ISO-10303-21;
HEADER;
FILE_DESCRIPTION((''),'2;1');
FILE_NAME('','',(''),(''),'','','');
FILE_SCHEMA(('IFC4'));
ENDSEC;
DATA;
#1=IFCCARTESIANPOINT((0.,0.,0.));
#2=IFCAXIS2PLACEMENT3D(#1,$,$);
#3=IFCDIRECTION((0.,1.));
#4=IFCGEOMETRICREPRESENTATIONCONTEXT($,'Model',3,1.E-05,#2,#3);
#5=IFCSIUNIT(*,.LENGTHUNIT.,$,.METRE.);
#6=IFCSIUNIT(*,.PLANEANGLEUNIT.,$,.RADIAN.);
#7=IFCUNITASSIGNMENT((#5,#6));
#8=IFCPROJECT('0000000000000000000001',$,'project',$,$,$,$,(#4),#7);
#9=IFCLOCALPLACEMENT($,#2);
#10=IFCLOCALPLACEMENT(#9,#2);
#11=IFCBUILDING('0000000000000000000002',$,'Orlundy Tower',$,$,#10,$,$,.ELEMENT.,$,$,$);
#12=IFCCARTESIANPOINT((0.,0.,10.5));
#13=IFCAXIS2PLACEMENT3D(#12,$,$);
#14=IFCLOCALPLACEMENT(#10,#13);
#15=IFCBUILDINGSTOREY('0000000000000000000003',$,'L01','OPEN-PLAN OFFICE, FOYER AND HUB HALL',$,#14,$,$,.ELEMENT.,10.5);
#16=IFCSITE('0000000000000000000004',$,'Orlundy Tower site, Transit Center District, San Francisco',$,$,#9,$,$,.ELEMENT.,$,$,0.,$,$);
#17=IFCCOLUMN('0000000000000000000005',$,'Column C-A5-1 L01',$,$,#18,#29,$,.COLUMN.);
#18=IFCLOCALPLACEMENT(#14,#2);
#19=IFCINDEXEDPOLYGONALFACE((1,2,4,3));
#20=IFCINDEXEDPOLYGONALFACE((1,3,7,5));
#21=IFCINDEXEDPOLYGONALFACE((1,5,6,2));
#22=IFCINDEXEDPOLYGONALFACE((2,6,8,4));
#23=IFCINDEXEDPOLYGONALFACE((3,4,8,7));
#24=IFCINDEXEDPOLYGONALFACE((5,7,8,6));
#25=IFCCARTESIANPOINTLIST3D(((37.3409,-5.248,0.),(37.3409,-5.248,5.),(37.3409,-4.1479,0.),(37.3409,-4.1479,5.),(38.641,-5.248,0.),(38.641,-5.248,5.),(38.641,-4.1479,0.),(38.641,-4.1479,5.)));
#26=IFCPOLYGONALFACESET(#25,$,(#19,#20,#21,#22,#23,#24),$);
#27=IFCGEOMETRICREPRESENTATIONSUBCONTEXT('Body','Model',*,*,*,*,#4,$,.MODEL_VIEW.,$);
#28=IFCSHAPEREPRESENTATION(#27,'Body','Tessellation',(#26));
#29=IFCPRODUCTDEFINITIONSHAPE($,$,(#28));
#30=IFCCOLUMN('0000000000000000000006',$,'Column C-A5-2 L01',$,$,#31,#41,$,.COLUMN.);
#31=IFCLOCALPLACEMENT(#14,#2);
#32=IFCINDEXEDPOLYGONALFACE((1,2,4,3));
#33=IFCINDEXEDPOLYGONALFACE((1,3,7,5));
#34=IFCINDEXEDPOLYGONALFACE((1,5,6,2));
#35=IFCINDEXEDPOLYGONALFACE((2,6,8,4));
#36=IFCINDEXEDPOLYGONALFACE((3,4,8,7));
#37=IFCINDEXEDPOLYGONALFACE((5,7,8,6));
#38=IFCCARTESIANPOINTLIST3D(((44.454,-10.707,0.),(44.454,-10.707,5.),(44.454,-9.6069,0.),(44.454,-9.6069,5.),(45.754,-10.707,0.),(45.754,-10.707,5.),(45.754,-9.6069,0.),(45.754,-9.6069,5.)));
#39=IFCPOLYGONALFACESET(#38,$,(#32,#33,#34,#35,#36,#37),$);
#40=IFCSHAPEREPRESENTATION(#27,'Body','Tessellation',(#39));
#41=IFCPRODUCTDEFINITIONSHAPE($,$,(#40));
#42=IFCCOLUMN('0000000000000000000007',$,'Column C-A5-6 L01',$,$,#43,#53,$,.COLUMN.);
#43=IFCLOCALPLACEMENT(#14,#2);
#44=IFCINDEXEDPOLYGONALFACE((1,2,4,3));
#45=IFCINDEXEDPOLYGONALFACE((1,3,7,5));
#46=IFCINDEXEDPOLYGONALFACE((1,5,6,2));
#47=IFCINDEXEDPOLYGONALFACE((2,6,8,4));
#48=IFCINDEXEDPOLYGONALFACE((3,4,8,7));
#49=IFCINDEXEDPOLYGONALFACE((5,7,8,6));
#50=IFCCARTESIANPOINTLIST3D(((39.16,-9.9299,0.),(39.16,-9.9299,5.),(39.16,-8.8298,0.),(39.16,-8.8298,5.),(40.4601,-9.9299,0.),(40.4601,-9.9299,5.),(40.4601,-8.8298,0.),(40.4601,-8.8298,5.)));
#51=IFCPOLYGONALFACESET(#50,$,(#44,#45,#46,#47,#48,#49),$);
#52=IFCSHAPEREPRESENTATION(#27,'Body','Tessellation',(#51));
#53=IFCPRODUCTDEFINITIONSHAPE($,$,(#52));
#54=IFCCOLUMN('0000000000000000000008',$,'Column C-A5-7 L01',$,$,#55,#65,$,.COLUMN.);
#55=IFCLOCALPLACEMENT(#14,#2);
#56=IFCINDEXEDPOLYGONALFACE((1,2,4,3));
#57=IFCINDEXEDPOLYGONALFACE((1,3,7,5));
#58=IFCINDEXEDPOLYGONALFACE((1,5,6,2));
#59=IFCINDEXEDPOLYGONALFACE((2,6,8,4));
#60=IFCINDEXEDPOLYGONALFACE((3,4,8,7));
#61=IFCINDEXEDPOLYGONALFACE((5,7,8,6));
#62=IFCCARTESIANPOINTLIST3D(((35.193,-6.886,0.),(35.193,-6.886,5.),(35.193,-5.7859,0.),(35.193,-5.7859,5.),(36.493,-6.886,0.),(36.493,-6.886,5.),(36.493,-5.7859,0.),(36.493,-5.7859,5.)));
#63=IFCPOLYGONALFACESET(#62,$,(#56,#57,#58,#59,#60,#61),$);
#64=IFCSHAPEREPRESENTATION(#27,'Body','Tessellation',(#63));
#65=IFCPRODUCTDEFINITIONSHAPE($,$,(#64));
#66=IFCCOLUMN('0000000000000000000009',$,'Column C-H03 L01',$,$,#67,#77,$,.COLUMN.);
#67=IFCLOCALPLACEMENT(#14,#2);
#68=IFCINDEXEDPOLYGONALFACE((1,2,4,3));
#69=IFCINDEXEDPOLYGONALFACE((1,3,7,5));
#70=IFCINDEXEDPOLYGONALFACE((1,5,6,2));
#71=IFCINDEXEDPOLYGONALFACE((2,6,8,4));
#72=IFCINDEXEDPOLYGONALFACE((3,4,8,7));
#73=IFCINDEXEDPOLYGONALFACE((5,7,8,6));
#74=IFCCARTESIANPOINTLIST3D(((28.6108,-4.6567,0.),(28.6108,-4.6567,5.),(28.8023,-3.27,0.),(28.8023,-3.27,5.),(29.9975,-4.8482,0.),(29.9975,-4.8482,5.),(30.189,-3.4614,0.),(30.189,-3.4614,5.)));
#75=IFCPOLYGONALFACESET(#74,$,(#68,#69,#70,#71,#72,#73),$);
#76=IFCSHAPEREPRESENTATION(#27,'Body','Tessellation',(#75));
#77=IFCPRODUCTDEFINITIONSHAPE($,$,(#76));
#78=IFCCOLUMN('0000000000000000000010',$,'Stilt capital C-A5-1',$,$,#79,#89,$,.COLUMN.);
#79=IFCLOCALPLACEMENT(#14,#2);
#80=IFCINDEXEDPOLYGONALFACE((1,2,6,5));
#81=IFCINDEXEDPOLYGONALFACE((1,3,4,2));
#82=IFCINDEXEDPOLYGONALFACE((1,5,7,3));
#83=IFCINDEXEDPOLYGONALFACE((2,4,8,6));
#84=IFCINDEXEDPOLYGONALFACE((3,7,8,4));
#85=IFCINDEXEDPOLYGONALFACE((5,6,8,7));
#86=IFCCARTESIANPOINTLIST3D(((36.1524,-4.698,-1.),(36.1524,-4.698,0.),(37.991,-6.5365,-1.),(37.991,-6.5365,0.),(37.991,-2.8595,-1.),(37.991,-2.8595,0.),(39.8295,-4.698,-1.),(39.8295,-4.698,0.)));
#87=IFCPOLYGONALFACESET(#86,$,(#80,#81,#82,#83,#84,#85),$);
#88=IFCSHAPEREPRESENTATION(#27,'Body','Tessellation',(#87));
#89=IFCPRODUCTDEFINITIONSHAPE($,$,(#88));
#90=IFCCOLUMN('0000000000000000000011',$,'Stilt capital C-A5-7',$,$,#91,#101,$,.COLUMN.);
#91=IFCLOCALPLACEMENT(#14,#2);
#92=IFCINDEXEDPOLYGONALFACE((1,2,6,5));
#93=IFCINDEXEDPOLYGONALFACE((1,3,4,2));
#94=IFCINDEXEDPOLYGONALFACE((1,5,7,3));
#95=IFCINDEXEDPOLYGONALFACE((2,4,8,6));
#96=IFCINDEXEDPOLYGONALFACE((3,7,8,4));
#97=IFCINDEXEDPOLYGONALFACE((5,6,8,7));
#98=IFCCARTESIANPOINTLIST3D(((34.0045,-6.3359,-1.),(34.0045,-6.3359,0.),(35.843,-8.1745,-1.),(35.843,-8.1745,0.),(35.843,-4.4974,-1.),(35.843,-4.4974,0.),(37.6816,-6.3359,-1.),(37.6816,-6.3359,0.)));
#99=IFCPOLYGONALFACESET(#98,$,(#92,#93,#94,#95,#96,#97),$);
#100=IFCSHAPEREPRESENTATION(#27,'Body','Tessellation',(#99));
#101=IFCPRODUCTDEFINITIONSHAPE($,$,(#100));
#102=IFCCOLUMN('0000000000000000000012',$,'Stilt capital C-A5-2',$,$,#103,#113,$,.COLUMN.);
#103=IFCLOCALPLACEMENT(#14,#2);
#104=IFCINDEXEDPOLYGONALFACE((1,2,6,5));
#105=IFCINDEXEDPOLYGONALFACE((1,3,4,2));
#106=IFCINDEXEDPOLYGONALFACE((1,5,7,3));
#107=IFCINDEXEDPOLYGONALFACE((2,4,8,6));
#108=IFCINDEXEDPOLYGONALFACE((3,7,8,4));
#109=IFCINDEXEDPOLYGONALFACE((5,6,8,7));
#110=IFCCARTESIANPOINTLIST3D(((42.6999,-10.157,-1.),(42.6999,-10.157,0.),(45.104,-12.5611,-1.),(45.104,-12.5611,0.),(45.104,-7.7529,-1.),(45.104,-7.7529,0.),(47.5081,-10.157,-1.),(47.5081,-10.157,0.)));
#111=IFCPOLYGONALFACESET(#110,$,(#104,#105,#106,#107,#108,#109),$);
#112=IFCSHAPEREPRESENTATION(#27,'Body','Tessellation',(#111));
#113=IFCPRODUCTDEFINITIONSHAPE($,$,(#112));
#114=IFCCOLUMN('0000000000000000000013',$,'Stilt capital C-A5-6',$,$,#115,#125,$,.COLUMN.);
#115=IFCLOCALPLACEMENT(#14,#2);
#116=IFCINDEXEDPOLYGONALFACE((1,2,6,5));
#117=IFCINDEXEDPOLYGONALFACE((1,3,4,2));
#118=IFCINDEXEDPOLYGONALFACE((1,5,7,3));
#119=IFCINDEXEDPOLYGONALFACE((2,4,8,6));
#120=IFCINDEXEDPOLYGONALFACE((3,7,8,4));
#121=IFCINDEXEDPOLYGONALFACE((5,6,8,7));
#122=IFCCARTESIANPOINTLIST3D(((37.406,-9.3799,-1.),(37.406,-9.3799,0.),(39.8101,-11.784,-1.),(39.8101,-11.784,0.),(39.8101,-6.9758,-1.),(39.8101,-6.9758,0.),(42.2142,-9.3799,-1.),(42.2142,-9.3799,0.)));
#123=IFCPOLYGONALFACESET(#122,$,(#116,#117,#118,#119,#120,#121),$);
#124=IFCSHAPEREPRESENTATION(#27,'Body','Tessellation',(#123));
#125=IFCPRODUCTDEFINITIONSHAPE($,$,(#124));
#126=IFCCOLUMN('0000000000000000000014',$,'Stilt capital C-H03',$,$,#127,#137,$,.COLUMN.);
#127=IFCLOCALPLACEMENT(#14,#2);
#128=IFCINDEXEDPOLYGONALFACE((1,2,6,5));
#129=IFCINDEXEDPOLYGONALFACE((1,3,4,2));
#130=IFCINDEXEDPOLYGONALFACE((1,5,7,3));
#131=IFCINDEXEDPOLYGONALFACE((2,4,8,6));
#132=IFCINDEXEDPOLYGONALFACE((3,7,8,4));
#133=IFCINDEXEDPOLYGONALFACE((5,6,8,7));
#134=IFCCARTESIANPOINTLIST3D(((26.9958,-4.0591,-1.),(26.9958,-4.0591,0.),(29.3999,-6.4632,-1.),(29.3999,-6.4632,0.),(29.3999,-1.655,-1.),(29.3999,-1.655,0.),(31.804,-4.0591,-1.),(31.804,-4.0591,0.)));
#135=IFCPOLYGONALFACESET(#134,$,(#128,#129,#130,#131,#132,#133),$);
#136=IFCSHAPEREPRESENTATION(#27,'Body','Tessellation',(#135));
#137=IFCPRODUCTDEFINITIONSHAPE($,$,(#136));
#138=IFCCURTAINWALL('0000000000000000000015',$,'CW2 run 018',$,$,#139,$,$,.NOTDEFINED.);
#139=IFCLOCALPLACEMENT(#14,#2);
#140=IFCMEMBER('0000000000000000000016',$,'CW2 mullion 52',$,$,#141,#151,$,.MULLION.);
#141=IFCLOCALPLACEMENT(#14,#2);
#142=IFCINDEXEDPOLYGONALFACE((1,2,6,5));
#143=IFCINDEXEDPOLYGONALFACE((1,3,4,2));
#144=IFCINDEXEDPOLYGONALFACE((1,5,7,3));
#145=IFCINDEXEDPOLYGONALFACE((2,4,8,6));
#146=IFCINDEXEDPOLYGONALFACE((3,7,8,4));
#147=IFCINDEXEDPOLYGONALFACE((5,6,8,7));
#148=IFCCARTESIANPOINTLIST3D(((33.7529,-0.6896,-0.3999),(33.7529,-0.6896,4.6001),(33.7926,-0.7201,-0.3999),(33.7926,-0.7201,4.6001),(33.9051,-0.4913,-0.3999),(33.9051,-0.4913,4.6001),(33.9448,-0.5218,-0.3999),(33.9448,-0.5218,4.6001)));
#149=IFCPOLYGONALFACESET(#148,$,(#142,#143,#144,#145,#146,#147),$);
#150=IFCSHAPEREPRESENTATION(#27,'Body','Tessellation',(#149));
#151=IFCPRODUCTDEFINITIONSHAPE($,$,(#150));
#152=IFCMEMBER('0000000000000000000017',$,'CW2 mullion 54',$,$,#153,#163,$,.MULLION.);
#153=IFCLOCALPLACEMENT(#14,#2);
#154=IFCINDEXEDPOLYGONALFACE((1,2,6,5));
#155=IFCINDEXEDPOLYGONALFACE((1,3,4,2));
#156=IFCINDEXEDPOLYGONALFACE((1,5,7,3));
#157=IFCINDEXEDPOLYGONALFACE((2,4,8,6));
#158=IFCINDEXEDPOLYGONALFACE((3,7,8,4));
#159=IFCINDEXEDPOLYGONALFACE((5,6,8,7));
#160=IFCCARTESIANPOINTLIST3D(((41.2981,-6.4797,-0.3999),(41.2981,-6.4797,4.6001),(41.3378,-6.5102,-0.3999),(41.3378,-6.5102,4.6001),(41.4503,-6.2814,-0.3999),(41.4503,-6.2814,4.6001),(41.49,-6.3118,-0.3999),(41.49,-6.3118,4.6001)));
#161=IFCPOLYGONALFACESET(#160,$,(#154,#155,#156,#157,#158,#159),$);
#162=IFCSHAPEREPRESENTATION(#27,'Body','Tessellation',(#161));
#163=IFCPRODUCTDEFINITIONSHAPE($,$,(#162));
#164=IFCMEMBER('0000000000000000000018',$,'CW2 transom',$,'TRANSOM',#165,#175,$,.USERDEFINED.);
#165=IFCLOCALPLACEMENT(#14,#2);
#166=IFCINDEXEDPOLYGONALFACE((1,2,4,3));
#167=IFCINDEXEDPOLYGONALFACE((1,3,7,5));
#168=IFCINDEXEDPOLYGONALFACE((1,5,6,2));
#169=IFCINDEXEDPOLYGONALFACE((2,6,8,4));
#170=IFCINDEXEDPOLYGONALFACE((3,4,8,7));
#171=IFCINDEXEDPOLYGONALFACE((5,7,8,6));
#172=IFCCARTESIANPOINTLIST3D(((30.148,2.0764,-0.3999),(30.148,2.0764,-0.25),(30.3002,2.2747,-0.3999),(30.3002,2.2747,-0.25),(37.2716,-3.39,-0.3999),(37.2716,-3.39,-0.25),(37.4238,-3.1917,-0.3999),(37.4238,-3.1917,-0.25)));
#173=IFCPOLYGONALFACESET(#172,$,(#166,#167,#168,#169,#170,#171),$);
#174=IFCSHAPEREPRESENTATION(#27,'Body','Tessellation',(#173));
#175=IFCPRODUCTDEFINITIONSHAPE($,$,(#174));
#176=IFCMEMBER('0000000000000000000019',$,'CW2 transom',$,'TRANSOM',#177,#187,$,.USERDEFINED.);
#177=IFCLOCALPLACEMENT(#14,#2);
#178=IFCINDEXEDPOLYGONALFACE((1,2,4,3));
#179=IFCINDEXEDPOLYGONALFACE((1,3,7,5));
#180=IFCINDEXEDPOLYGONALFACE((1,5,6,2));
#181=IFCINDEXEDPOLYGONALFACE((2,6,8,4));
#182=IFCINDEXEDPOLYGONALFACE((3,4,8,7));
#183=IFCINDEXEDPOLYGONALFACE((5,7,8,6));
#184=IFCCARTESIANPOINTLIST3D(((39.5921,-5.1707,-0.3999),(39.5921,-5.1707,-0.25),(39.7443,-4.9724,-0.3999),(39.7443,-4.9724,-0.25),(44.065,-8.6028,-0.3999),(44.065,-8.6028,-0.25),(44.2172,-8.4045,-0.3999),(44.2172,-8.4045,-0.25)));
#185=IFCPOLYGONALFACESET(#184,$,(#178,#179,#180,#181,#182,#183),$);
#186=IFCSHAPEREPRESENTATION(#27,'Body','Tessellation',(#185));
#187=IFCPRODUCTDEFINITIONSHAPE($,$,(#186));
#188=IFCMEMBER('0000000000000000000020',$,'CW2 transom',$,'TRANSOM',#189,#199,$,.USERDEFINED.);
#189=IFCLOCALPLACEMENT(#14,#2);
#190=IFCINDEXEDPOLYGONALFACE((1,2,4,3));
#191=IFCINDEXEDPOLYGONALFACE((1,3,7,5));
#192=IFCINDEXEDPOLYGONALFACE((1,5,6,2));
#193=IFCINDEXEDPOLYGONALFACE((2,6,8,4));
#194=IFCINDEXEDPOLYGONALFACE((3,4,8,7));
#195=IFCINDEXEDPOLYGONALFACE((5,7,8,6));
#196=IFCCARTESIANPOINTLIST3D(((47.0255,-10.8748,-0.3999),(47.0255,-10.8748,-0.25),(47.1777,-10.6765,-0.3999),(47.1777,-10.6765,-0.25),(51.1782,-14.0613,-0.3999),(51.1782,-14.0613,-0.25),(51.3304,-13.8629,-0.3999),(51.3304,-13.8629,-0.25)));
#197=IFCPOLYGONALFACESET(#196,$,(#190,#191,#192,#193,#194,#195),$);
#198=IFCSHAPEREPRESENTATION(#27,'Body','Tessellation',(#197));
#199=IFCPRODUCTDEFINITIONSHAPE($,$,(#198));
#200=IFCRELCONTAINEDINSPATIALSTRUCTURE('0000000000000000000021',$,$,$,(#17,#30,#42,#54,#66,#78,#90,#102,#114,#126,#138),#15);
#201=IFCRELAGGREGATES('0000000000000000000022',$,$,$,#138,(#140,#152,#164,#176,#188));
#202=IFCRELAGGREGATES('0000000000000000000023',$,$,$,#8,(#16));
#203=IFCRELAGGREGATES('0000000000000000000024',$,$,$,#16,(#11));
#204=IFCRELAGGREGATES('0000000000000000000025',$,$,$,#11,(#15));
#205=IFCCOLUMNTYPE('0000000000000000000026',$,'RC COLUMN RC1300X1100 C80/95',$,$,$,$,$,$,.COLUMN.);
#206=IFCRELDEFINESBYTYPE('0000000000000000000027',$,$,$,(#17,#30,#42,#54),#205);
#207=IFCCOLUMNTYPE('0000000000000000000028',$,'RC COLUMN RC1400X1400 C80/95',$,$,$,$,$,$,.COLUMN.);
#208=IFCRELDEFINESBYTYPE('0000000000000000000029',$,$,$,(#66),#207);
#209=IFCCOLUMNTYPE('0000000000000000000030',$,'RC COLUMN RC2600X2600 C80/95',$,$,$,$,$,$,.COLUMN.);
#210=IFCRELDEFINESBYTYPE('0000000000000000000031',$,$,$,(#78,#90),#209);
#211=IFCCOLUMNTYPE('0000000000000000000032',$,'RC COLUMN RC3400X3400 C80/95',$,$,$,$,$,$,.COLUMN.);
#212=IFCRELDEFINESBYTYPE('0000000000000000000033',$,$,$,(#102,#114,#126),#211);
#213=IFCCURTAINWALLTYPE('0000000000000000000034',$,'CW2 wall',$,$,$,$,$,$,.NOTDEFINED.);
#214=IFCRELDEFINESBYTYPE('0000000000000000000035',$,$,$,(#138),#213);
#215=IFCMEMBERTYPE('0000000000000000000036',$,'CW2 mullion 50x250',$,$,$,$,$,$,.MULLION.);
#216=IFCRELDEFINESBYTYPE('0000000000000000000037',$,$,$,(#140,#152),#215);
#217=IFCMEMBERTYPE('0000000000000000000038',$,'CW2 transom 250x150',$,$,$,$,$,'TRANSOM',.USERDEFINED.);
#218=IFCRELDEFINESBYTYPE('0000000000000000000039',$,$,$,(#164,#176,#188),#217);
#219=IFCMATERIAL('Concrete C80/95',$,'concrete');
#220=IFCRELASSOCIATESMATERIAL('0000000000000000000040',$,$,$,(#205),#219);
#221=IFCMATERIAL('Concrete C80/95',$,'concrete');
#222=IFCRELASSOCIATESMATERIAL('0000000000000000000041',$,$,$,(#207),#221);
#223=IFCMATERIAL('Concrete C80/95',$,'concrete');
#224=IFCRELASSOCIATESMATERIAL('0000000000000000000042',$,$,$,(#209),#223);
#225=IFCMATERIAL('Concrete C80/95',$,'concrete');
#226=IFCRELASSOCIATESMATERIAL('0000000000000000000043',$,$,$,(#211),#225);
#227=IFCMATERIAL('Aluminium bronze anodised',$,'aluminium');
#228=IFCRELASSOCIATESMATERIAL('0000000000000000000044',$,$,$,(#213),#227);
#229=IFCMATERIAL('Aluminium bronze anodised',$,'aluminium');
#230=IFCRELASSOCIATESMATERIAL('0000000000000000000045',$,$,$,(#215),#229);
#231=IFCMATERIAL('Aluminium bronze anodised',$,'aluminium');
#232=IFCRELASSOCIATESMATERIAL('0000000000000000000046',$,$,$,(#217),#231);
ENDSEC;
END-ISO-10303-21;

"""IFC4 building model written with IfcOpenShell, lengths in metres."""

from ifc_helpers import new_model, si_unit, direction, frame, origin, origin_2d, place, context, subcontext, project, spatial, rectangle, extrude, material, material_profile, profile_set, type_object, element, aggregate, save


model = new_model("IFC4")

# Units and contexts
model_context = context("Model", 3, precision=1e-05, world=origin(), true_north=direction((0.0, 1.0)))
body_context = subcontext(model_context, "Body", "Model", "MODEL_VIEW")
ifc_project = project(units=[si_unit("LENGTHUNIT", "METRE"), si_unit("PLANEANGLEUNIT", "RADIAN")], contexts=[model_context])

# Site, building, storey
site_placement = place(None, origin())
site = spatial("IfcSite", under=ifc_project, at=site_placement, Name="Orlundy Tower site, Transit Center District, San Francisco", CompositionType="ELEMENT", RefElevation=0.0)
building_placement = place(site_placement, origin())
building = spatial("IfcBuilding", under=site, at=building_placement, Name="Orlundy Tower", CompositionType="ELEMENT")
storey_placement = place(building_placement, frame((0.0, 0.0, 10.5)))
storey = spatial("IfcBuildingStorey", under=building, at=storey_placement, Name="L01", Description="OPEN-PLAN OFFICE, FOYER AND HUB HALL", CompositionType="ELEMENT", Elevation=10.5)

# Columns
ifc_material_1 = material(Name="Concrete C80/95", Category="concrete")
ifc_material_profile_1 = material_profile(ifc_material_1, rectangle(XDim=1.3, YDim=1.1001, at=origin_2d()), Name="RC1300X1100")
ifc_profile_set_1 = profile_set([ifc_material_profile_1], Name="Concrete C80/95")
column_type_1 = type_object("IfcColumnType", Name="RC COLUMN RC1300X1100 C80/95", PredefinedType="COLUMN", material=ifc_profile_set_1)
for number, where, z_axis, x_axis, name in (
    (1, (37.991, -4.698, 0.0), (0.0, 0.0, 1.0), (1.0, 0.0, 0.0), "Column C-A5-1 L01"),
    (2, (45.104, -10.157, 0.0), (0.0, 0.0, 1.0), (1.0, 0.0, 0.0), "Column C-A5-2 L01"),
    (3, (39.8101, -9.3799, 0.0), (0.0, 0.0, 1.0), (1.0, 0.0, 0.0), "Column C-A5-6 L01"),
    (4, (35.843, -6.3359, 0.0), (0.0, 0.0, 1.0), (1.0, 0.0, 0.0), "Column C-A5-7 L01"),
):
    element("IfcColumn", number, at=place(storey_placement, frame(where, z_axis=z_axis, x_axis=x_axis)), inside=storey, type_object=column_type_1, Name=name, PredefinedType="COLUMN", context=body_context, shape_type="SweptSolid", body=[
        extrude(rectangle(XDim=1.3, YDim=1.1001, at=origin_2d()), origin(), (0.0, 0.0, 1.0), 5.0),
    ])
ifc_material_2 = material(Name="Concrete C80/95", Category="concrete")
ifc_material_profile_2 = material_profile(ifc_material_2, rectangle(XDim=1.3999, YDim=1.3999, at=origin_2d()), Name="RC1400X1400")
ifc_profile_set_2 = profile_set([ifc_material_profile_2], Name="Concrete C80/95")
column_type_2 = type_object("IfcColumnType", Name="RC COLUMN RC1400X1400 C80/95", PredefinedType="COLUMN", material=ifc_profile_set_2)
column_placement = place(storey_placement, frame((29.3999, -4.0591, 0.0), z_axis=(0.0, 0.0, 1.0), x_axis=(0.990603, -0.13677, 0.0)))
element("IfcColumn", 5, at=column_placement, inside=storey, type_object=column_type_2, Name="Column C-H03 L01", PredefinedType="COLUMN", context=body_context, shape_type="SweptSolid", body=[
    extrude(rectangle(XDim=1.3999, YDim=1.3999, at=origin_2d()), origin(), (0.0, 0.0, 1.0), 5.0),
])
ifc_material_3 = material(Name="Concrete C80/95", Category="concrete")
ifc_material_profile_3 = material_profile(ifc_material_3, rectangle(XDim=2.6001, YDim=2.6001, at=origin_2d()), Name="RC2600X2600")
ifc_profile_set_3 = profile_set([ifc_material_profile_3], Name="Concrete C80/95")
column_type_3 = type_object("IfcColumnType", Name="RC COLUMN RC2600X2600 C80/95", PredefinedType="COLUMN", material=ifc_profile_set_3)
for number, where, z_axis, x_axis, name in (
    (6, (37.991, -4.698, -1.0), (0.0, 0.0, 1.0), (0.707107, 0.707107, 0.0), "Stilt capital C-A5-1"),
    (7, (35.843, -6.3359, -1.0), (0.0, 0.0, 1.0), (0.707107, 0.707107, 0.0), "Stilt capital C-A5-7"),
):
    element("IfcColumn", number, at=place(storey_placement, frame(where, z_axis=z_axis, x_axis=x_axis)), inside=storey, type_object=column_type_3, Name=name, PredefinedType="COLUMN", context=body_context, shape_type="SweptSolid", body=[
        extrude(rectangle(XDim=2.6001, YDim=2.6001, at=origin_2d()), origin(), (0.0, 0.0, 1.0), 1.0),
    ])
ifc_material_4 = material(Name="Concrete C80/95", Category="concrete")
ifc_material_profile_4 = material_profile(ifc_material_4, rectangle(XDim=3.3999, YDim=3.3999, at=origin_2d()), Name="RC3400X3400")
ifc_profile_set_4 = profile_set([ifc_material_profile_4], Name="Concrete C80/95")
column_type_4 = type_object("IfcColumnType", Name="RC COLUMN RC3400X3400 C80/95", PredefinedType="COLUMN", material=ifc_profile_set_4)
for number, where, z_axis, x_axis, name in (
    (8, (45.104, -10.157, -1.0), (0.0, 0.0, 1.0), (0.707107, 0.707107, 0.0), "Stilt capital C-A5-2"),
    (9, (39.8101, -9.3799, -1.0), (0.0, 0.0, 1.0), (0.707107, 0.707107, 0.0), "Stilt capital C-A5-6"),
    (10, (29.3999, -4.0591, -1.0), (0.0, 0.0, 1.0), (0.707107, 0.707107, 0.0), "Stilt capital C-H03"),
):
    element("IfcColumn", number, at=place(storey_placement, frame(where, z_axis=z_axis, x_axis=x_axis)), inside=storey, type_object=column_type_4, Name=name, PredefinedType="COLUMN", context=body_context, shape_type="SweptSolid", body=[
        extrude(rectangle(XDim=3.3999, YDim=3.3999, at=origin_2d()), origin(), (0.0, 0.0, 1.0), 1.0),
    ])

# Curtain wall, members
ifc_material_5 = material(Name="Aluminium bronze anodised", Category="aluminium")
curtain_wall_type = type_object("IfcCurtainWallType", Name="CW2 wall", PredefinedType="NOTDEFINED", material=ifc_material_5)
curtain_wall_placement = place(storey_placement, origin())
curtain_wall = element("IfcCurtainWall", 11, at=curtain_wall_placement, inside=storey, type_object=curtain_wall_type, Name="CW2 run 018", PredefinedType="NOTDEFINED")
ifc_material_6 = material(Name="Aluminium bronze anodised", Category="aluminium")
ifc_material_profile_5 = material_profile(ifc_material_6, rectangle(XDim=0.25, YDim=0.05, at=origin_2d()), Name="CW2 mullion 50x250")
ifc_profile_set_5 = profile_set([ifc_material_profile_5], Name="Aluminium bronze anodised")
member_type_1 = type_object("IfcMemberType", Name="CW2 mullion 50x250", PredefinedType="MULLION", material=ifc_profile_set_5)
member_1_placement = place(storey_placement, frame((33.8489, -0.6057, -0.3999), z_axis=(0.0, 0.0, 1.0), x_axis=(0.608779, 0.79334, 0.0)))
member_1 = element("IfcMember", 12, at=member_1_placement, type_object=member_type_1, Name="CW2 mullion 52", PredefinedType="MULLION", context=body_context, shape_type="SweptSolid", body=[
    extrude(rectangle(XDim=0.25, YDim=0.05, at=origin_2d()), origin(), (0.0, 0.0, 1.0), 5.0),
])
member_2_placement = place(storey_placement, frame((41.394, -6.3958, -0.3999), z_axis=(0.0, 0.0, 1.0), x_axis=(0.608779, 0.79334, 0.0)))
member_2 = element("IfcMember", 13, at=member_2_placement, type_object=member_type_1, Name="CW2 mullion 54", PredefinedType="MULLION", context=body_context, shape_type="SweptSolid", body=[
    extrude(rectangle(XDim=0.25, YDim=0.05, at=origin_2d()), origin(), (0.0, 0.0, 1.0), 5.0),
])
ifc_material_7 = material(Name="Aluminium bronze anodised", Category="aluminium")
ifc_material_profile_6 = material_profile(ifc_material_7, rectangle(XDim=0.25, YDim=0.1499, at=origin_2d()), Name="CW2 transom 250x150")
ifc_profile_set_6 = profile_set([ifc_material_profile_6], Name="Aluminium bronze anodised")
member_type_2 = type_object("IfcMemberType", Name="CW2 transom 250x150", ElementType="TRANSOM", PredefinedType="USERDEFINED", material=ifc_profile_set_6)
member_3_placement = place(storey_placement, frame((30.2241, 2.1755, -0.325), z_axis=(0.793341, -0.608777, 0.0), x_axis=(0.608777, 0.793341, 0.0)))
member_3 = element("IfcMember", 14, at=member_3_placement, type_object=member_type_2, Name="CW2 transom", ObjectType="TRANSOM", PredefinedType="USERDEFINED", context=body_context, shape_type="SweptSolid", body=[
    extrude(rectangle(XDim=0.25, YDim=0.1499, at=origin_2d()), origin(), (0.0, 0.0, 1.0), 8.9792),
])
member_4_placement = place(storey_placement, frame((39.6682, -5.0715, -0.325), z_axis=(0.793357, -0.608756, 0.0), x_axis=(0.608756, 0.793357, 0.0)))
member_4 = element("IfcMember", 15, at=member_4_placement, type_object=member_type_2, Name="CW2 transom", ObjectType="TRANSOM", PredefinedType="USERDEFINED", context=body_context, shape_type="SweptSolid", body=[
    extrude(rectangle(XDim=0.25, YDim=0.1499, at=origin_2d()), origin(), (0.0, 0.0, 1.0), 5.6379),
])
member_5_placement = place(storey_placement, frame((47.1016, -10.7756, -0.325), z_axis=(0.793359, -0.608755, 0.0), x_axis=(0.608755, 0.793359, 0.0)))
member_5 = element("IfcMember", 16, at=member_5_placement, type_object=member_type_2, Name="CW2 transom", ObjectType="TRANSOM", PredefinedType="USERDEFINED", context=body_context, shape_type="SweptSolid", body=[
    extrude(rectangle(XDim=0.25, YDim=0.1499, at=origin_2d()), origin(), (0.0, 0.0, 1.0), 5.2344),
])
aggregate(curtain_wall, [member_1, member_2, member_3, member_4, member_5])

save(model, "model.ifc")
